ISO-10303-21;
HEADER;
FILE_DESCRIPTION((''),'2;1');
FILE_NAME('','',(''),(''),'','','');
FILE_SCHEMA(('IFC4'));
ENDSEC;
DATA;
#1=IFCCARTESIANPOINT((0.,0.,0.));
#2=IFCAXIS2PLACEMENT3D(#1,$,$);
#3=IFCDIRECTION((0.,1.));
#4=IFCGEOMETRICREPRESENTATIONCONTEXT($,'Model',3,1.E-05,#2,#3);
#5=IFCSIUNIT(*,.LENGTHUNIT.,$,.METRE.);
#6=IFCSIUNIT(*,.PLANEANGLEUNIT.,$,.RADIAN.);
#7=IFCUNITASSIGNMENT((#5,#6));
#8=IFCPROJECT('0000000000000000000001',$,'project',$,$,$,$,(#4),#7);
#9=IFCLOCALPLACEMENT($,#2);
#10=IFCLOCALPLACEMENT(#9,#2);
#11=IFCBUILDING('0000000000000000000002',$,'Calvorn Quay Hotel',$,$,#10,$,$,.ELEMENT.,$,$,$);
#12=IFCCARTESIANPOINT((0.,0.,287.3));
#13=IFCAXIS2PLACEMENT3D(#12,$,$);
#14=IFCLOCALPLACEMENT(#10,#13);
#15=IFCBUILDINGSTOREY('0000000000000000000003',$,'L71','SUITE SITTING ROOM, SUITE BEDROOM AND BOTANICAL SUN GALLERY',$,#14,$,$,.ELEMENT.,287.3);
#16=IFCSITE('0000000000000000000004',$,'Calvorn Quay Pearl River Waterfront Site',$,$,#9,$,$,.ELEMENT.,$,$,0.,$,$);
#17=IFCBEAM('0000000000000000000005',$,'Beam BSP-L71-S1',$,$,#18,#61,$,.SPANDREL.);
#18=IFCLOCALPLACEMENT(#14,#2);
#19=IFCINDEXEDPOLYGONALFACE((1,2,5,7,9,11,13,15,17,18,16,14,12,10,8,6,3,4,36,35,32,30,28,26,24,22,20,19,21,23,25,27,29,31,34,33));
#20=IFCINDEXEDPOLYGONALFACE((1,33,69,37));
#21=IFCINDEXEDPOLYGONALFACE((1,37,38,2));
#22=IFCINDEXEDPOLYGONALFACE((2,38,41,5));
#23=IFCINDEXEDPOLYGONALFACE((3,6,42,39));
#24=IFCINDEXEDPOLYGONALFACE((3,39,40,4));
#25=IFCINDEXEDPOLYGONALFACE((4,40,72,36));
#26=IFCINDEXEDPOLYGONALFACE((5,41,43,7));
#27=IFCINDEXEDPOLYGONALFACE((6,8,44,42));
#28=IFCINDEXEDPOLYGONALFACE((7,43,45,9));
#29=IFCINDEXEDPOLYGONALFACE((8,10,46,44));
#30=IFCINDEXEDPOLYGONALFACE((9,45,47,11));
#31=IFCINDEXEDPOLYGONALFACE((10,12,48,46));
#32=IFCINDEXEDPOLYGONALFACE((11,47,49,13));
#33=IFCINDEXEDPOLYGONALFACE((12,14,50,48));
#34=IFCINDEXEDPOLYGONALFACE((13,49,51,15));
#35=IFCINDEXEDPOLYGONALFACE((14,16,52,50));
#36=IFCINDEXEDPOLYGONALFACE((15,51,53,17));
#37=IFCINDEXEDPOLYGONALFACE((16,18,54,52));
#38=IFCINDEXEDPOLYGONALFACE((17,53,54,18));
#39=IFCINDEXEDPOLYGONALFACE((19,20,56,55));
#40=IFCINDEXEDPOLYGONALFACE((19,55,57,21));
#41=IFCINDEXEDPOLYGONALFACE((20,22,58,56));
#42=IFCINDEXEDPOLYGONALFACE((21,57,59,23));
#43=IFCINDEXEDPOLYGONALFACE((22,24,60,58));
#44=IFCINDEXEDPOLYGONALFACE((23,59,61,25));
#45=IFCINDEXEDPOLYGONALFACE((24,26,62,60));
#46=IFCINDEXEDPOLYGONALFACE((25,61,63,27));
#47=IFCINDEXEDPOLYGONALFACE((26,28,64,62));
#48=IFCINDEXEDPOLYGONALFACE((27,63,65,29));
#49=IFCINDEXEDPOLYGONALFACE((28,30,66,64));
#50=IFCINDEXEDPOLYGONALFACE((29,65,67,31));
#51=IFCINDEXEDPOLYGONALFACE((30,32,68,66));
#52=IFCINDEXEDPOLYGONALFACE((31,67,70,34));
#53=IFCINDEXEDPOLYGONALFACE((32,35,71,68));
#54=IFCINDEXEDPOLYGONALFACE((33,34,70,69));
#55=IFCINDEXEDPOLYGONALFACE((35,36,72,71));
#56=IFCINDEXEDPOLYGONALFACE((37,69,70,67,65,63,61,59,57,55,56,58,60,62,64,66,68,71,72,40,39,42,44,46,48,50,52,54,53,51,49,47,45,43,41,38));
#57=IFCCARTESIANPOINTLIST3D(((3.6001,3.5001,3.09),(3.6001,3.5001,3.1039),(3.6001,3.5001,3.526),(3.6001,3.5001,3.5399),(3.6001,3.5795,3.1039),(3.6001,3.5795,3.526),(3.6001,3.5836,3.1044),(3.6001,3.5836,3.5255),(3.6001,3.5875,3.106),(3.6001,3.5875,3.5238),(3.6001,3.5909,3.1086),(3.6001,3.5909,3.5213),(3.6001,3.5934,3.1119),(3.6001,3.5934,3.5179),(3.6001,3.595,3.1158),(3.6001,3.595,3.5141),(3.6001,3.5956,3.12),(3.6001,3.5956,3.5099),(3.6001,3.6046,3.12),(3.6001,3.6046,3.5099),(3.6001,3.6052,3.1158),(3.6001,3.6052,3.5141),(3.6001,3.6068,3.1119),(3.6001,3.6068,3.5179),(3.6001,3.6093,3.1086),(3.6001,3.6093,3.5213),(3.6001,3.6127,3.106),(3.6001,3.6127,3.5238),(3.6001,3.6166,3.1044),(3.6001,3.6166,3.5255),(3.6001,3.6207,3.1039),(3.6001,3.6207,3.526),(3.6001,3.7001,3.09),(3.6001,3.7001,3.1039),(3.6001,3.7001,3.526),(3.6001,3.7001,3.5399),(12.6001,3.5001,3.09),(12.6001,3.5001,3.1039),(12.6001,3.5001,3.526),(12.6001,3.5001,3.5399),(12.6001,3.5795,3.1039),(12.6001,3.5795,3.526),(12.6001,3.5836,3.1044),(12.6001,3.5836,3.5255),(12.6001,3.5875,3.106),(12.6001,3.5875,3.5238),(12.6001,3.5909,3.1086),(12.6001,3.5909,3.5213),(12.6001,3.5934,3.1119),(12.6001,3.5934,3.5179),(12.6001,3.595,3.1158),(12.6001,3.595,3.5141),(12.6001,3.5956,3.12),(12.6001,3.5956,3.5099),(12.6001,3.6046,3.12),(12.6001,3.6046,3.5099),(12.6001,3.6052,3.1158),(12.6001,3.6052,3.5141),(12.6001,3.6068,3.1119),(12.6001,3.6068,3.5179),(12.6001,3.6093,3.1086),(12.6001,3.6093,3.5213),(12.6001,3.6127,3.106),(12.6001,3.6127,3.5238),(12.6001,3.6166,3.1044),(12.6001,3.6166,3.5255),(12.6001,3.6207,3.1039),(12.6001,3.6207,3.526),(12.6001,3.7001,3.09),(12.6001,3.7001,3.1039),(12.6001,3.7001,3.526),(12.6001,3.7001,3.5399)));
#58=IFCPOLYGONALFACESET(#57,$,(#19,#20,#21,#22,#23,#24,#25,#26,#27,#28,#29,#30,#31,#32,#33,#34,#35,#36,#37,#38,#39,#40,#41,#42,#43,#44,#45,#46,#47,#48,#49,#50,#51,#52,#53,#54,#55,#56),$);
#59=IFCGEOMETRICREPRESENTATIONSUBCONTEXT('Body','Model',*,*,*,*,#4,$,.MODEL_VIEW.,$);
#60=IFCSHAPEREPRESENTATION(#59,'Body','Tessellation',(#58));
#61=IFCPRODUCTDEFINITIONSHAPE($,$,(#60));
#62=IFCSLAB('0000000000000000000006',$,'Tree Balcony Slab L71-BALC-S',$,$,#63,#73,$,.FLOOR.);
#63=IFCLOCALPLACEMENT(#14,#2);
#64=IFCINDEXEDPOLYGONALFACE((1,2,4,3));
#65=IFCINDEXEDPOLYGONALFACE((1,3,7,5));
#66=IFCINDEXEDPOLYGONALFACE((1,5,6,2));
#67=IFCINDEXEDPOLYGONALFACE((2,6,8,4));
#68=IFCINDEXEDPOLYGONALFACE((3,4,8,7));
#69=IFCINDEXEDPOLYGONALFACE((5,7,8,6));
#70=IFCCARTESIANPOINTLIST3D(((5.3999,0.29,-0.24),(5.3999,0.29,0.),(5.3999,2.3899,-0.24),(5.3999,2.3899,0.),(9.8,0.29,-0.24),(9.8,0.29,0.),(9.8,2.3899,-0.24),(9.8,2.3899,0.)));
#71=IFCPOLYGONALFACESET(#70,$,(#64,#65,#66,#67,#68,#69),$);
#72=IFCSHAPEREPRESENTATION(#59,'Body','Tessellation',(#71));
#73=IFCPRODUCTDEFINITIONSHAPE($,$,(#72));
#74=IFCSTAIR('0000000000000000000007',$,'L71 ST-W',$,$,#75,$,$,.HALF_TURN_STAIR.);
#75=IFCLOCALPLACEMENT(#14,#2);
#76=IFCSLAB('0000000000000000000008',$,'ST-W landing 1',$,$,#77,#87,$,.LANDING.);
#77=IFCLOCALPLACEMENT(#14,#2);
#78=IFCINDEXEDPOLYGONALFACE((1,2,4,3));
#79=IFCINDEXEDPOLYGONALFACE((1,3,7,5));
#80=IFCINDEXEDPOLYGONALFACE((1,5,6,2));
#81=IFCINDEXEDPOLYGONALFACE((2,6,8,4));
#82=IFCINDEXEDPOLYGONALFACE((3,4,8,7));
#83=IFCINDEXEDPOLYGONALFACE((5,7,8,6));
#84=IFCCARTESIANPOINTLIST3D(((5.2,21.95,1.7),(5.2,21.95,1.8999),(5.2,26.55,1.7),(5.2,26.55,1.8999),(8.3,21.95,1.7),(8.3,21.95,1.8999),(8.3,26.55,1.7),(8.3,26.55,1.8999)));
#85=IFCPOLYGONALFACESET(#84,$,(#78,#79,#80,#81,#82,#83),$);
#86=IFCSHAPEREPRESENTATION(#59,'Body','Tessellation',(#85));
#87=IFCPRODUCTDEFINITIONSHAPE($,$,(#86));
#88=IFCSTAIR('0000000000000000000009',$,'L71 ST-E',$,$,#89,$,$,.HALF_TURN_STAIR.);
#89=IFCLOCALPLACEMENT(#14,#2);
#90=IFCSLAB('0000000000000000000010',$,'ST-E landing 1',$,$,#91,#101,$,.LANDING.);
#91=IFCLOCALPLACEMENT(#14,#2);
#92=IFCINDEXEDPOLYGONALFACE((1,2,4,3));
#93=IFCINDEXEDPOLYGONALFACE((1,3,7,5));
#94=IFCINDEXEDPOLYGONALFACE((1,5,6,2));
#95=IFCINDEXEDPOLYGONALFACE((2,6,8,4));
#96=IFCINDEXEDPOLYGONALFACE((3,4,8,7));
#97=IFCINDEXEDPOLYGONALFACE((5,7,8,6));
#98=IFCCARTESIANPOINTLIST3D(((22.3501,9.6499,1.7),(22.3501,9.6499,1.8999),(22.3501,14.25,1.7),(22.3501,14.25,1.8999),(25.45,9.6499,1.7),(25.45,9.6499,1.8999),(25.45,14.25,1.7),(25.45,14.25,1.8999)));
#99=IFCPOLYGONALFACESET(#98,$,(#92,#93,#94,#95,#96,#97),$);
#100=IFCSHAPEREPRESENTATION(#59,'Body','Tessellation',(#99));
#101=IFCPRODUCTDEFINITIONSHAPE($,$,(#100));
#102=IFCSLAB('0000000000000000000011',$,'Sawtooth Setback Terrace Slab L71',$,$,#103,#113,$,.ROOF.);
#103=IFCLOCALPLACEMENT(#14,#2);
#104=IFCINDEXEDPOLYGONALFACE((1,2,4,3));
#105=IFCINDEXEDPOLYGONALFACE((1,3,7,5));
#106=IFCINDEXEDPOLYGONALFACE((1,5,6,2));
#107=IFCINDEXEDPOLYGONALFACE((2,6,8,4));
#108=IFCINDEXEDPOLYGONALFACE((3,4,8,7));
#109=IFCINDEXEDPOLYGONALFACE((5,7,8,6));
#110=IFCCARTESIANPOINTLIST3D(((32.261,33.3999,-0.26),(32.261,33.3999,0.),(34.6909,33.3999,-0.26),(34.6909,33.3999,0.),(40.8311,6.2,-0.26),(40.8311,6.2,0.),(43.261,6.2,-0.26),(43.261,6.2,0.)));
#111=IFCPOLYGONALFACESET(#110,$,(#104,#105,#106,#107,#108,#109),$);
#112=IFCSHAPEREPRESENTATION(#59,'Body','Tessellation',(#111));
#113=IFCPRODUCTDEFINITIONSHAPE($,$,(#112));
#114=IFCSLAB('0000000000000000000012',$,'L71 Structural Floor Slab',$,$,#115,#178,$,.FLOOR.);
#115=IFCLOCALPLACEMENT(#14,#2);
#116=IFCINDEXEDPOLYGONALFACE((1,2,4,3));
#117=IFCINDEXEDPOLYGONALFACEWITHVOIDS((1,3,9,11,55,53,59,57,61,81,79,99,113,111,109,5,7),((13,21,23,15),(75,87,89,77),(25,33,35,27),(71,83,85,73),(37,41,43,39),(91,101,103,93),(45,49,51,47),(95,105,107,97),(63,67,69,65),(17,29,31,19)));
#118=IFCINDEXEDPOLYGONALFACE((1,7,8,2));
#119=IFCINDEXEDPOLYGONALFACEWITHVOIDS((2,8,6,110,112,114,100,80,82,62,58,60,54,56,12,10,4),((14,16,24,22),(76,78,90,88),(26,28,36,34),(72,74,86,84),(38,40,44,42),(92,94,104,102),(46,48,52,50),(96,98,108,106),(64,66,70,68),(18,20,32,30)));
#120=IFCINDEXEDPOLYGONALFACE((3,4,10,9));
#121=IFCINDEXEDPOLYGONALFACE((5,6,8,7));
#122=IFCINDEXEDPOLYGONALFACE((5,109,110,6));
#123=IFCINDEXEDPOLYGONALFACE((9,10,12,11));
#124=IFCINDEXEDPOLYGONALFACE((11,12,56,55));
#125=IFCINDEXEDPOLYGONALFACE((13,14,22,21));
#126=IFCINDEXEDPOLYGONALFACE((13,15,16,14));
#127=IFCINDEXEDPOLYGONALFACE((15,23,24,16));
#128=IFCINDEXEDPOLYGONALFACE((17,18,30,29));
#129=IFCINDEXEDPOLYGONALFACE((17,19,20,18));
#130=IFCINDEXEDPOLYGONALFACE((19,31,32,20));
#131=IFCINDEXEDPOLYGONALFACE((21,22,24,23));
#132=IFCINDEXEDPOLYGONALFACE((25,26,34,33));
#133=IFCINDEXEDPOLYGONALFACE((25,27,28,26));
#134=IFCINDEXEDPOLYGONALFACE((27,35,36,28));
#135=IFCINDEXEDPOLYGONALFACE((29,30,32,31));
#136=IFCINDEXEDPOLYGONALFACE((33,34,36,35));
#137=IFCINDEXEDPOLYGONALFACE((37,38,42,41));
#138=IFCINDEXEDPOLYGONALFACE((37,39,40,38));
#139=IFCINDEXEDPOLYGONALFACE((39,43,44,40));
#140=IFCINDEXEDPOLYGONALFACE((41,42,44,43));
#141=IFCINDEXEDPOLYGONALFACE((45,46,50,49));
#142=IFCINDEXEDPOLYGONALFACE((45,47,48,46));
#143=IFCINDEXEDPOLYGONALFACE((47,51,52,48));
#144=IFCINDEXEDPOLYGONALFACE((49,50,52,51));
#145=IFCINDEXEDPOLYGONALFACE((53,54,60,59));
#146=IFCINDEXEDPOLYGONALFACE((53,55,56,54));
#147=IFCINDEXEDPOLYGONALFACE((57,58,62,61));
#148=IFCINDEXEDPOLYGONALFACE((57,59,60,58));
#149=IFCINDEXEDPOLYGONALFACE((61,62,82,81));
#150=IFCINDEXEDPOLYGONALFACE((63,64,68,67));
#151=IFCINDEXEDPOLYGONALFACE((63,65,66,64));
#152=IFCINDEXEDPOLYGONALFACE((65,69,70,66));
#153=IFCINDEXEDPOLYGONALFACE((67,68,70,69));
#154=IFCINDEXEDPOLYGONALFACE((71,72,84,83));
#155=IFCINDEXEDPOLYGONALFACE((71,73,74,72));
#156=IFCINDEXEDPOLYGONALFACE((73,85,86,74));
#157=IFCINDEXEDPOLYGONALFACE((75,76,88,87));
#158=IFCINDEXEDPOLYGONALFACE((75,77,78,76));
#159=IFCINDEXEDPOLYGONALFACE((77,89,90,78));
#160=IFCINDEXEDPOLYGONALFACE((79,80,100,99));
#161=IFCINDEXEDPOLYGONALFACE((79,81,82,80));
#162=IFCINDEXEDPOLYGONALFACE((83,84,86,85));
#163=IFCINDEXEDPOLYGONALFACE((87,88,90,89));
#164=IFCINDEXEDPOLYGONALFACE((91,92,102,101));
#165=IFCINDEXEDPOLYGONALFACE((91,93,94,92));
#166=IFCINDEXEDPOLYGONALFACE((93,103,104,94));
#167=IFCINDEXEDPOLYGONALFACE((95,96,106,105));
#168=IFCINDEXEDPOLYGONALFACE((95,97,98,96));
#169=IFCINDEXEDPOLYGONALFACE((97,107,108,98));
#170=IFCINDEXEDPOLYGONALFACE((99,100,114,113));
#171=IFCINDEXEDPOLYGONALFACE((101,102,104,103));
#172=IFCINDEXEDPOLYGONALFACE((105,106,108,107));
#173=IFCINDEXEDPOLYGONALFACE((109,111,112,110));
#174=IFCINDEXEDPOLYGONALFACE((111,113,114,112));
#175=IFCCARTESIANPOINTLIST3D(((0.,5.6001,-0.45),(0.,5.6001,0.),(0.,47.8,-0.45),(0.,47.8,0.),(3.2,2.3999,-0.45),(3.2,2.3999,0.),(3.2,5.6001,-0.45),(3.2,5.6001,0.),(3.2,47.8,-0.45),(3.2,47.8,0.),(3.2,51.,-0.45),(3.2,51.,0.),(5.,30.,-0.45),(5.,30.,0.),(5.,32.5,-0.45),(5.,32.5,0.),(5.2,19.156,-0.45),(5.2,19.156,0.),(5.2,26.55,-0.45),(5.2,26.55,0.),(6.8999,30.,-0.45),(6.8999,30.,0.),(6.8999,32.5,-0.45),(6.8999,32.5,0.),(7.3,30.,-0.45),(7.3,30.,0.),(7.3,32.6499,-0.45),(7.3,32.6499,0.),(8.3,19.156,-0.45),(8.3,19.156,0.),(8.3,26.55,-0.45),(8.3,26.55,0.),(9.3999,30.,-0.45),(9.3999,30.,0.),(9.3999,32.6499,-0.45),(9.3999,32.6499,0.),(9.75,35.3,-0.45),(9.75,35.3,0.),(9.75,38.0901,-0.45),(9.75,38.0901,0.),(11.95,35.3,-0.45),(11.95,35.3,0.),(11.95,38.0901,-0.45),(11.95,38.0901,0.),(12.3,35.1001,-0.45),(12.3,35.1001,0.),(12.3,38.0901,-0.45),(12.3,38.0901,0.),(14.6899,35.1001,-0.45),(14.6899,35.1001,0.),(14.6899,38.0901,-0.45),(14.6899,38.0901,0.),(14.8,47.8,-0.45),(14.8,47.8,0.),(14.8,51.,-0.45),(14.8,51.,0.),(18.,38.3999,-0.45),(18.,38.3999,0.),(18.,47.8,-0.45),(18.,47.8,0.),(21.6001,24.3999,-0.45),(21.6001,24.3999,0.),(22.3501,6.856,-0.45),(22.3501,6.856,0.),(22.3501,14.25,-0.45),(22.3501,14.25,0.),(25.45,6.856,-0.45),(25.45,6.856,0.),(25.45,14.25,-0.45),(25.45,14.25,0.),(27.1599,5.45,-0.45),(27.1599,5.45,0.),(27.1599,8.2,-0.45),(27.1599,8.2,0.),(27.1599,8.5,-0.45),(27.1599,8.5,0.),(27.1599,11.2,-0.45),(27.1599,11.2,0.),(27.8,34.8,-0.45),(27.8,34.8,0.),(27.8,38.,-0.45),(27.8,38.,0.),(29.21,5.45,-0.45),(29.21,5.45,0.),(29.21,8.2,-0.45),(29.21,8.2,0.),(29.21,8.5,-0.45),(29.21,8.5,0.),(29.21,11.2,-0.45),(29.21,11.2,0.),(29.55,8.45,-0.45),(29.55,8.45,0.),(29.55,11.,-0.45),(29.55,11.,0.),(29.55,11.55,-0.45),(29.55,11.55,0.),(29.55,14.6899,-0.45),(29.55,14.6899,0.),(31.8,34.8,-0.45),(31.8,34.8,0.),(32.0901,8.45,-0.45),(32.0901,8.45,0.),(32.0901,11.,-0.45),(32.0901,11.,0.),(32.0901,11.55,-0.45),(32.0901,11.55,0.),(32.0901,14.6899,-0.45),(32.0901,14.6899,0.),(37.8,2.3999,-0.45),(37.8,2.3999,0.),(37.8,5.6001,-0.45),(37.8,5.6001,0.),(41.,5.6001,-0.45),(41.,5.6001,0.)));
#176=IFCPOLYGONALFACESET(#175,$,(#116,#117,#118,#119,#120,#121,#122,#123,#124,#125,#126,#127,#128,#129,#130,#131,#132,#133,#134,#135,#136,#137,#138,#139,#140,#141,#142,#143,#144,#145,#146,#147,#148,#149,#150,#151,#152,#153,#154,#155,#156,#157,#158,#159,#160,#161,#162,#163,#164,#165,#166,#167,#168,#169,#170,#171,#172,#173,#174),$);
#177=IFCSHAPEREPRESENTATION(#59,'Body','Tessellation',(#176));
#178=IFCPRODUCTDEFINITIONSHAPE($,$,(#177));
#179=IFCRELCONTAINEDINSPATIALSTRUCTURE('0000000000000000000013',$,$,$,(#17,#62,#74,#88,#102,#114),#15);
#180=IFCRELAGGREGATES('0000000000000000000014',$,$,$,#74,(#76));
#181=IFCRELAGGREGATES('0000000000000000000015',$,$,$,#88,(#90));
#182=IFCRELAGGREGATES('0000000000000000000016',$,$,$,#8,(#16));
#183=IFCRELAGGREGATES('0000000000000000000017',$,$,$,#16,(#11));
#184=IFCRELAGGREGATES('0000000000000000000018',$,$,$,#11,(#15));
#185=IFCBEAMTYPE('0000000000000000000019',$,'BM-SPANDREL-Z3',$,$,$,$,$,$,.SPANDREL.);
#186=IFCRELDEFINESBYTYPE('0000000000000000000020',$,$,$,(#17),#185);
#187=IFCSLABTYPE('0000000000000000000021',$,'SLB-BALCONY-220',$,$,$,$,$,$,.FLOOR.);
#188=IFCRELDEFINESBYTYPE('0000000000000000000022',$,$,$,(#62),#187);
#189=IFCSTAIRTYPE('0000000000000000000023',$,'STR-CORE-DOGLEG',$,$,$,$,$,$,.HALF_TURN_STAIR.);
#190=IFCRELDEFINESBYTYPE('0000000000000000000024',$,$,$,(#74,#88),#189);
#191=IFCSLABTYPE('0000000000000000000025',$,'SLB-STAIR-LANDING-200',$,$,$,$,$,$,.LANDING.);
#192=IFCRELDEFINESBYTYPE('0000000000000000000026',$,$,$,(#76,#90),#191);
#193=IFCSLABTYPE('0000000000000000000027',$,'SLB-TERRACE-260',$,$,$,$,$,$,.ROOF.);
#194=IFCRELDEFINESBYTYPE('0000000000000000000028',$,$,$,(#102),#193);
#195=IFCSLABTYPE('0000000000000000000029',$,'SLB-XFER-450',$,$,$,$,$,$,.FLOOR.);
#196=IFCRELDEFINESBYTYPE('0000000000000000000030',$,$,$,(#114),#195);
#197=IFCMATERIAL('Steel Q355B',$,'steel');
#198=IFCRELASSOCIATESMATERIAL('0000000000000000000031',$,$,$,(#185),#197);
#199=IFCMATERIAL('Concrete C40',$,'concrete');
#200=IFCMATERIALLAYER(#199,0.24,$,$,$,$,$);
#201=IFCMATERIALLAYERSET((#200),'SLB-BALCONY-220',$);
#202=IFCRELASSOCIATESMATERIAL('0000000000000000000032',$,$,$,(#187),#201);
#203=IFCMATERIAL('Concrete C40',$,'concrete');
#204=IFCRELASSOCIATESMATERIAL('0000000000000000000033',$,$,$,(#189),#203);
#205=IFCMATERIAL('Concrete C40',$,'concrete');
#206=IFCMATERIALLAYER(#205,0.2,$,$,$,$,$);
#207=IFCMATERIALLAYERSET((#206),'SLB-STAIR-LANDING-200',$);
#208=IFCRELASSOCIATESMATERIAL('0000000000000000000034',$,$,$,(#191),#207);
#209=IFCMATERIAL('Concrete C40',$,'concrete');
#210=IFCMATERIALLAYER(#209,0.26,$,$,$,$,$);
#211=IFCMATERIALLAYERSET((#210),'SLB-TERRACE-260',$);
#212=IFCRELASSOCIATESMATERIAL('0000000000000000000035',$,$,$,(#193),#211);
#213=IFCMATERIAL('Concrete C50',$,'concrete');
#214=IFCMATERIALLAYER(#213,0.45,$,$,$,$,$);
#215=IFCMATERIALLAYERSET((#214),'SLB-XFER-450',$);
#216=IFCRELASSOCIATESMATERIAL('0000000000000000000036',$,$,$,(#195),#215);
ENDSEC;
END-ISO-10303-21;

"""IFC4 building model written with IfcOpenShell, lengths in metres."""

from ifc_helpers import new_model, si_unit, direction, frame, origin, origin_2d, place, context, subcontext, project, spatial, polyline, i_section, outline, extrude, material, layer, layer_set, material_profile, profile_set, type_object, element, aggregate, save


model = new_model("IFC4")

# Units and contexts
model_context = context("Model", 3, precision=1e-05, world=origin(), true_north=direction((0.0, 1.0)))
body_context = subcontext(model_context, "Body", "Model", "MODEL_VIEW")
ifc_project = project(units=[si_unit("LENGTHUNIT", "METRE"), si_unit("PLANEANGLEUNIT", "RADIAN")], contexts=[model_context])

# Site, building, storey
site_placement = place(None, origin())
site = spatial("IfcSite", under=ifc_project, at=site_placement, Name="Calvorn Quay Pearl River Waterfront Site", CompositionType="ELEMENT", RefElevation=0.0)
building_placement = place(site_placement, origin())
building = spatial("IfcBuilding", under=site, at=building_placement, Name="Calvorn Quay Hotel", CompositionType="ELEMENT")
storey_placement = place(building_placement, frame((0.0, 0.0, 287.3)))
storey = spatial("IfcBuildingStorey", under=building, at=storey_placement, Name="L71", Description="SUITE SITTING ROOM, SUITE BEDROOM AND BOTANICAL SUN GALLERY", CompositionType="ELEMENT", Elevation=287.3)

# Beam
ifc_material_1 = material(Name="Steel Q355B", Category="steel")
ifc_material_profile_1 = material_profile(ifc_material_1, i_section(OverallWidth=0.2, OverallDepth=0.45, WebThickness=0.009, FlangeThickness=0.0139, FilletRadius=0.0161, at=origin_2d()), Name="HN450x200x9x14")
ifc_profile_set_1 = profile_set([ifc_material_profile_1], Name="Steel Q355B")
beam_type_1 = type_object("IfcBeamType", Name="BM-SPANDREL-Z3", PredefinedType="SPANDREL", material=ifc_profile_set_1)
beam_1_placement = place(storey_placement, frame((3.6001, 3.6001, 3.3149), z_axis=(1.0, 0.0, 0.0), x_axis=(0.0, 1.0, 0.0)))
element("IfcBeam", 1, at=beam_1_placement, inside=storey, type_object=beam_type_1, Name="Beam BSP-L71-S1", PredefinedType="SPANDREL", context=body_context, shape_type="SweptSolid", body=[
    extrude(i_section(OverallWidth=0.2, OverallDepth=0.45, WebThickness=0.009, FlangeThickness=0.0139, FilletRadius=0.0161, at=origin_2d()), origin(), (0.0, 0.0, 1.0), 9.0),
])

# Slab
ifc_material_2 = material(Name="Concrete C40", Category="concrete")
ifc_layer_1 = layer(ifc_material_2, 0.24)
ifc_layer_set_1 = layer_set([ifc_layer_1], Name="SLB-BALCONY-220")
slab_type_1 = type_object("IfcSlabType", Name="SLB-BALCONY-220", PredefinedType="FLOOR", material=ifc_layer_set_1)
slab_1_placement = place(storey_placement, frame((0.0, 0.0, -0.24)))
element("IfcSlab", 2, at=slab_1_placement, inside=storey, type_object=slab_type_1, Name="Tree Balcony Slab L71-BALC-S", PredefinedType="FLOOR", context=body_context, shape_type="SweptSolid", body=[
    extrude(outline(polyline([(5.3999, 0.29), (9.8, 0.29), (9.8, 2.3899), (5.3999, 2.3899), (5.3999, 0.29)])), origin(), (0.0, 0.0, 1.0), 0.24),
])

# Stairs, slabs
ifc_material_3 = material(Name="Concrete C40", Category="concrete")
stair_type = type_object("IfcStairType", Name="STR-CORE-DOGLEG", PredefinedType="HALF_TURN_STAIR", material=ifc_material_3)
stair_1_placement = place(storey_placement, origin())
stair_1 = element("IfcStair", 3, at=stair_1_placement, inside=storey, type_object=stair_type, Name="L71 ST-W", PredefinedType="HALF_TURN_STAIR")
ifc_material_4 = material(Name="Concrete C40", Category="concrete")
ifc_layer_2 = layer(ifc_material_4, 0.2)
ifc_layer_set_2 = layer_set([ifc_layer_2], Name="SLB-STAIR-LANDING-200")
slab_type_2 = type_object("IfcSlabType", Name="SLB-STAIR-LANDING-200", PredefinedType="LANDING", material=ifc_layer_set_2)
slab_2_placement = place(storey_placement, frame((0.0, 0.0, 1.7)))
slab_2 = element("IfcSlab", 4, at=slab_2_placement, type_object=slab_type_2, Name="ST-W landing 1", PredefinedType="LANDING", context=body_context, shape_type="SweptSolid", body=[
    extrude(outline(polyline([(8.3, 21.95), (8.3, 26.55), (5.2, 26.55), (5.2, 21.95), (8.3, 21.95)])), origin(), (0.0, 0.0, 1.0), 0.2),
])
aggregate(stair_1, [slab_2])
stair_2_placement = place(storey_placement, origin())
stair_2 = element("IfcStair", 5, at=stair_2_placement, inside=storey, type_object=stair_type, Name="L71 ST-E", PredefinedType="HALF_TURN_STAIR")
slab_3_placement = place(storey_placement, frame((0.0, 0.0, 1.7)))
slab_3 = element("IfcSlab", 6, at=slab_3_placement, type_object=slab_type_2, Name="ST-E landing 1", PredefinedType="LANDING", context=body_context, shape_type="SweptSolid", body=[
    extrude(outline(polyline([(25.45, 9.6499), (25.45, 14.25), (22.3501, 14.25), (22.3501, 9.6499), (25.45, 9.6499)])), origin(), (0.0, 0.0, 1.0), 0.2),
])
aggregate(stair_2, [slab_3])

# Slabs
ifc_material_5 = material(Name="Concrete C40", Category="concrete")
ifc_layer_3 = layer(ifc_material_5, 0.26)
ifc_layer_set_3 = layer_set([ifc_layer_3], Name="SLB-TERRACE-260")
slab_type_3 = type_object("IfcSlabType", Name="SLB-TERRACE-260", PredefinedType="ROOF", material=ifc_layer_set_3)
slab_4_placement = place(storey_placement, frame((0.0, 0.0, -0.26)))
element("IfcSlab", 7, at=slab_4_placement, inside=storey, type_object=slab_type_3, Name="Sawtooth Setback Terrace Slab L71", PredefinedType="ROOF", context=body_context, shape_type="SweptSolid", body=[
    extrude(outline(polyline([(40.8311, 6.2), (43.261, 6.2), (34.6909, 33.3999), (32.261, 33.3999), (40.8311, 6.2)])), origin(), (0.0, 0.0, 1.0), 0.26),
])
ifc_material_6 = material(Name="Concrete C50", Category="concrete")
ifc_layer_4 = layer(ifc_material_6, 0.45)
ifc_layer_set_4 = layer_set([ifc_layer_4], Name="SLB-XFER-450")
slab_type_4 = type_object("IfcSlabType", Name="SLB-XFER-450", PredefinedType="FLOOR", material=ifc_layer_set_4)
slab_5_placement = place(storey_placement, frame((0.0, 0.0, -0.45)))
element("IfcSlab", 8, at=slab_5_placement, inside=storey, type_object=slab_type_4, Name="L71 Structural Floor Slab", PredefinedType="FLOOR", context=body_context, shape_type="SweptSolid", body=[
    extrude(outline(polyline([(0.0, 5.6001), (3.2, 5.6001), (3.2, 2.3999), (37.8, 2.3999), (37.8, 5.6001), (41.0, 5.6001), (31.8, 34.8), (27.8, 34.8), (27.8, 38.0), (21.6001, 24.3999), (18.0, 38.3999), (18.0, 47.8), (14.8, 47.8), (14.8, 51.0), (3.2, 51.0), (3.2, 47.8), (0.0, 47.8), (0.0, 5.6001)]), holes=[polyline([(5.2, 19.156), (8.3, 19.156), (8.3, 26.55), (5.2, 26.55), (5.2, 19.156)]), polyline([(22.3501, 6.856), (25.45, 6.856), (25.45, 14.25), (22.3501, 14.25), (22.3501, 6.856)]), polyline([(5.0, 30.0), (6.8999, 30.0), (6.8999, 32.5), (5.0, 32.5), (5.0, 30.0)]), polyline([(7.3, 30.0), (9.3999, 30.0), (9.3999, 32.6499), (7.3, 32.6499), (7.3, 30.0)]), polyline([(27.1599, 8.5), (29.21, 8.5), (29.21, 11.2), (27.1599, 11.2), (27.1599, 8.5)]), polyline([(27.1599, 5.45), (29.21, 5.45), (29.21, 8.2), (27.1599, 8.2), (27.1599, 5.45)]), polyline([(12.3, 35.1001), (14.6899, 35.1001), (14.6899, 38.0901), (12.3, 38.0901), (12.3, 35.1001)]), polyline([(9.75, 35.3), (11.95, 35.3), (11.95, 38.0901), (9.75, 38.0901), (9.75, 35.3)]), polyline([(29.55, 11.55), (32.0901, 11.55), (32.0901, 14.6899), (29.55, 14.6899), (29.55, 11.55)]), polyline([(29.55, 8.45), (32.0901, 8.45), (32.0901, 11.0), (29.55, 11.0), (29.55, 8.45)])]), origin(), (0.0, 0.0, 1.0), 0.45),
])

save(model, "model.ifc")
